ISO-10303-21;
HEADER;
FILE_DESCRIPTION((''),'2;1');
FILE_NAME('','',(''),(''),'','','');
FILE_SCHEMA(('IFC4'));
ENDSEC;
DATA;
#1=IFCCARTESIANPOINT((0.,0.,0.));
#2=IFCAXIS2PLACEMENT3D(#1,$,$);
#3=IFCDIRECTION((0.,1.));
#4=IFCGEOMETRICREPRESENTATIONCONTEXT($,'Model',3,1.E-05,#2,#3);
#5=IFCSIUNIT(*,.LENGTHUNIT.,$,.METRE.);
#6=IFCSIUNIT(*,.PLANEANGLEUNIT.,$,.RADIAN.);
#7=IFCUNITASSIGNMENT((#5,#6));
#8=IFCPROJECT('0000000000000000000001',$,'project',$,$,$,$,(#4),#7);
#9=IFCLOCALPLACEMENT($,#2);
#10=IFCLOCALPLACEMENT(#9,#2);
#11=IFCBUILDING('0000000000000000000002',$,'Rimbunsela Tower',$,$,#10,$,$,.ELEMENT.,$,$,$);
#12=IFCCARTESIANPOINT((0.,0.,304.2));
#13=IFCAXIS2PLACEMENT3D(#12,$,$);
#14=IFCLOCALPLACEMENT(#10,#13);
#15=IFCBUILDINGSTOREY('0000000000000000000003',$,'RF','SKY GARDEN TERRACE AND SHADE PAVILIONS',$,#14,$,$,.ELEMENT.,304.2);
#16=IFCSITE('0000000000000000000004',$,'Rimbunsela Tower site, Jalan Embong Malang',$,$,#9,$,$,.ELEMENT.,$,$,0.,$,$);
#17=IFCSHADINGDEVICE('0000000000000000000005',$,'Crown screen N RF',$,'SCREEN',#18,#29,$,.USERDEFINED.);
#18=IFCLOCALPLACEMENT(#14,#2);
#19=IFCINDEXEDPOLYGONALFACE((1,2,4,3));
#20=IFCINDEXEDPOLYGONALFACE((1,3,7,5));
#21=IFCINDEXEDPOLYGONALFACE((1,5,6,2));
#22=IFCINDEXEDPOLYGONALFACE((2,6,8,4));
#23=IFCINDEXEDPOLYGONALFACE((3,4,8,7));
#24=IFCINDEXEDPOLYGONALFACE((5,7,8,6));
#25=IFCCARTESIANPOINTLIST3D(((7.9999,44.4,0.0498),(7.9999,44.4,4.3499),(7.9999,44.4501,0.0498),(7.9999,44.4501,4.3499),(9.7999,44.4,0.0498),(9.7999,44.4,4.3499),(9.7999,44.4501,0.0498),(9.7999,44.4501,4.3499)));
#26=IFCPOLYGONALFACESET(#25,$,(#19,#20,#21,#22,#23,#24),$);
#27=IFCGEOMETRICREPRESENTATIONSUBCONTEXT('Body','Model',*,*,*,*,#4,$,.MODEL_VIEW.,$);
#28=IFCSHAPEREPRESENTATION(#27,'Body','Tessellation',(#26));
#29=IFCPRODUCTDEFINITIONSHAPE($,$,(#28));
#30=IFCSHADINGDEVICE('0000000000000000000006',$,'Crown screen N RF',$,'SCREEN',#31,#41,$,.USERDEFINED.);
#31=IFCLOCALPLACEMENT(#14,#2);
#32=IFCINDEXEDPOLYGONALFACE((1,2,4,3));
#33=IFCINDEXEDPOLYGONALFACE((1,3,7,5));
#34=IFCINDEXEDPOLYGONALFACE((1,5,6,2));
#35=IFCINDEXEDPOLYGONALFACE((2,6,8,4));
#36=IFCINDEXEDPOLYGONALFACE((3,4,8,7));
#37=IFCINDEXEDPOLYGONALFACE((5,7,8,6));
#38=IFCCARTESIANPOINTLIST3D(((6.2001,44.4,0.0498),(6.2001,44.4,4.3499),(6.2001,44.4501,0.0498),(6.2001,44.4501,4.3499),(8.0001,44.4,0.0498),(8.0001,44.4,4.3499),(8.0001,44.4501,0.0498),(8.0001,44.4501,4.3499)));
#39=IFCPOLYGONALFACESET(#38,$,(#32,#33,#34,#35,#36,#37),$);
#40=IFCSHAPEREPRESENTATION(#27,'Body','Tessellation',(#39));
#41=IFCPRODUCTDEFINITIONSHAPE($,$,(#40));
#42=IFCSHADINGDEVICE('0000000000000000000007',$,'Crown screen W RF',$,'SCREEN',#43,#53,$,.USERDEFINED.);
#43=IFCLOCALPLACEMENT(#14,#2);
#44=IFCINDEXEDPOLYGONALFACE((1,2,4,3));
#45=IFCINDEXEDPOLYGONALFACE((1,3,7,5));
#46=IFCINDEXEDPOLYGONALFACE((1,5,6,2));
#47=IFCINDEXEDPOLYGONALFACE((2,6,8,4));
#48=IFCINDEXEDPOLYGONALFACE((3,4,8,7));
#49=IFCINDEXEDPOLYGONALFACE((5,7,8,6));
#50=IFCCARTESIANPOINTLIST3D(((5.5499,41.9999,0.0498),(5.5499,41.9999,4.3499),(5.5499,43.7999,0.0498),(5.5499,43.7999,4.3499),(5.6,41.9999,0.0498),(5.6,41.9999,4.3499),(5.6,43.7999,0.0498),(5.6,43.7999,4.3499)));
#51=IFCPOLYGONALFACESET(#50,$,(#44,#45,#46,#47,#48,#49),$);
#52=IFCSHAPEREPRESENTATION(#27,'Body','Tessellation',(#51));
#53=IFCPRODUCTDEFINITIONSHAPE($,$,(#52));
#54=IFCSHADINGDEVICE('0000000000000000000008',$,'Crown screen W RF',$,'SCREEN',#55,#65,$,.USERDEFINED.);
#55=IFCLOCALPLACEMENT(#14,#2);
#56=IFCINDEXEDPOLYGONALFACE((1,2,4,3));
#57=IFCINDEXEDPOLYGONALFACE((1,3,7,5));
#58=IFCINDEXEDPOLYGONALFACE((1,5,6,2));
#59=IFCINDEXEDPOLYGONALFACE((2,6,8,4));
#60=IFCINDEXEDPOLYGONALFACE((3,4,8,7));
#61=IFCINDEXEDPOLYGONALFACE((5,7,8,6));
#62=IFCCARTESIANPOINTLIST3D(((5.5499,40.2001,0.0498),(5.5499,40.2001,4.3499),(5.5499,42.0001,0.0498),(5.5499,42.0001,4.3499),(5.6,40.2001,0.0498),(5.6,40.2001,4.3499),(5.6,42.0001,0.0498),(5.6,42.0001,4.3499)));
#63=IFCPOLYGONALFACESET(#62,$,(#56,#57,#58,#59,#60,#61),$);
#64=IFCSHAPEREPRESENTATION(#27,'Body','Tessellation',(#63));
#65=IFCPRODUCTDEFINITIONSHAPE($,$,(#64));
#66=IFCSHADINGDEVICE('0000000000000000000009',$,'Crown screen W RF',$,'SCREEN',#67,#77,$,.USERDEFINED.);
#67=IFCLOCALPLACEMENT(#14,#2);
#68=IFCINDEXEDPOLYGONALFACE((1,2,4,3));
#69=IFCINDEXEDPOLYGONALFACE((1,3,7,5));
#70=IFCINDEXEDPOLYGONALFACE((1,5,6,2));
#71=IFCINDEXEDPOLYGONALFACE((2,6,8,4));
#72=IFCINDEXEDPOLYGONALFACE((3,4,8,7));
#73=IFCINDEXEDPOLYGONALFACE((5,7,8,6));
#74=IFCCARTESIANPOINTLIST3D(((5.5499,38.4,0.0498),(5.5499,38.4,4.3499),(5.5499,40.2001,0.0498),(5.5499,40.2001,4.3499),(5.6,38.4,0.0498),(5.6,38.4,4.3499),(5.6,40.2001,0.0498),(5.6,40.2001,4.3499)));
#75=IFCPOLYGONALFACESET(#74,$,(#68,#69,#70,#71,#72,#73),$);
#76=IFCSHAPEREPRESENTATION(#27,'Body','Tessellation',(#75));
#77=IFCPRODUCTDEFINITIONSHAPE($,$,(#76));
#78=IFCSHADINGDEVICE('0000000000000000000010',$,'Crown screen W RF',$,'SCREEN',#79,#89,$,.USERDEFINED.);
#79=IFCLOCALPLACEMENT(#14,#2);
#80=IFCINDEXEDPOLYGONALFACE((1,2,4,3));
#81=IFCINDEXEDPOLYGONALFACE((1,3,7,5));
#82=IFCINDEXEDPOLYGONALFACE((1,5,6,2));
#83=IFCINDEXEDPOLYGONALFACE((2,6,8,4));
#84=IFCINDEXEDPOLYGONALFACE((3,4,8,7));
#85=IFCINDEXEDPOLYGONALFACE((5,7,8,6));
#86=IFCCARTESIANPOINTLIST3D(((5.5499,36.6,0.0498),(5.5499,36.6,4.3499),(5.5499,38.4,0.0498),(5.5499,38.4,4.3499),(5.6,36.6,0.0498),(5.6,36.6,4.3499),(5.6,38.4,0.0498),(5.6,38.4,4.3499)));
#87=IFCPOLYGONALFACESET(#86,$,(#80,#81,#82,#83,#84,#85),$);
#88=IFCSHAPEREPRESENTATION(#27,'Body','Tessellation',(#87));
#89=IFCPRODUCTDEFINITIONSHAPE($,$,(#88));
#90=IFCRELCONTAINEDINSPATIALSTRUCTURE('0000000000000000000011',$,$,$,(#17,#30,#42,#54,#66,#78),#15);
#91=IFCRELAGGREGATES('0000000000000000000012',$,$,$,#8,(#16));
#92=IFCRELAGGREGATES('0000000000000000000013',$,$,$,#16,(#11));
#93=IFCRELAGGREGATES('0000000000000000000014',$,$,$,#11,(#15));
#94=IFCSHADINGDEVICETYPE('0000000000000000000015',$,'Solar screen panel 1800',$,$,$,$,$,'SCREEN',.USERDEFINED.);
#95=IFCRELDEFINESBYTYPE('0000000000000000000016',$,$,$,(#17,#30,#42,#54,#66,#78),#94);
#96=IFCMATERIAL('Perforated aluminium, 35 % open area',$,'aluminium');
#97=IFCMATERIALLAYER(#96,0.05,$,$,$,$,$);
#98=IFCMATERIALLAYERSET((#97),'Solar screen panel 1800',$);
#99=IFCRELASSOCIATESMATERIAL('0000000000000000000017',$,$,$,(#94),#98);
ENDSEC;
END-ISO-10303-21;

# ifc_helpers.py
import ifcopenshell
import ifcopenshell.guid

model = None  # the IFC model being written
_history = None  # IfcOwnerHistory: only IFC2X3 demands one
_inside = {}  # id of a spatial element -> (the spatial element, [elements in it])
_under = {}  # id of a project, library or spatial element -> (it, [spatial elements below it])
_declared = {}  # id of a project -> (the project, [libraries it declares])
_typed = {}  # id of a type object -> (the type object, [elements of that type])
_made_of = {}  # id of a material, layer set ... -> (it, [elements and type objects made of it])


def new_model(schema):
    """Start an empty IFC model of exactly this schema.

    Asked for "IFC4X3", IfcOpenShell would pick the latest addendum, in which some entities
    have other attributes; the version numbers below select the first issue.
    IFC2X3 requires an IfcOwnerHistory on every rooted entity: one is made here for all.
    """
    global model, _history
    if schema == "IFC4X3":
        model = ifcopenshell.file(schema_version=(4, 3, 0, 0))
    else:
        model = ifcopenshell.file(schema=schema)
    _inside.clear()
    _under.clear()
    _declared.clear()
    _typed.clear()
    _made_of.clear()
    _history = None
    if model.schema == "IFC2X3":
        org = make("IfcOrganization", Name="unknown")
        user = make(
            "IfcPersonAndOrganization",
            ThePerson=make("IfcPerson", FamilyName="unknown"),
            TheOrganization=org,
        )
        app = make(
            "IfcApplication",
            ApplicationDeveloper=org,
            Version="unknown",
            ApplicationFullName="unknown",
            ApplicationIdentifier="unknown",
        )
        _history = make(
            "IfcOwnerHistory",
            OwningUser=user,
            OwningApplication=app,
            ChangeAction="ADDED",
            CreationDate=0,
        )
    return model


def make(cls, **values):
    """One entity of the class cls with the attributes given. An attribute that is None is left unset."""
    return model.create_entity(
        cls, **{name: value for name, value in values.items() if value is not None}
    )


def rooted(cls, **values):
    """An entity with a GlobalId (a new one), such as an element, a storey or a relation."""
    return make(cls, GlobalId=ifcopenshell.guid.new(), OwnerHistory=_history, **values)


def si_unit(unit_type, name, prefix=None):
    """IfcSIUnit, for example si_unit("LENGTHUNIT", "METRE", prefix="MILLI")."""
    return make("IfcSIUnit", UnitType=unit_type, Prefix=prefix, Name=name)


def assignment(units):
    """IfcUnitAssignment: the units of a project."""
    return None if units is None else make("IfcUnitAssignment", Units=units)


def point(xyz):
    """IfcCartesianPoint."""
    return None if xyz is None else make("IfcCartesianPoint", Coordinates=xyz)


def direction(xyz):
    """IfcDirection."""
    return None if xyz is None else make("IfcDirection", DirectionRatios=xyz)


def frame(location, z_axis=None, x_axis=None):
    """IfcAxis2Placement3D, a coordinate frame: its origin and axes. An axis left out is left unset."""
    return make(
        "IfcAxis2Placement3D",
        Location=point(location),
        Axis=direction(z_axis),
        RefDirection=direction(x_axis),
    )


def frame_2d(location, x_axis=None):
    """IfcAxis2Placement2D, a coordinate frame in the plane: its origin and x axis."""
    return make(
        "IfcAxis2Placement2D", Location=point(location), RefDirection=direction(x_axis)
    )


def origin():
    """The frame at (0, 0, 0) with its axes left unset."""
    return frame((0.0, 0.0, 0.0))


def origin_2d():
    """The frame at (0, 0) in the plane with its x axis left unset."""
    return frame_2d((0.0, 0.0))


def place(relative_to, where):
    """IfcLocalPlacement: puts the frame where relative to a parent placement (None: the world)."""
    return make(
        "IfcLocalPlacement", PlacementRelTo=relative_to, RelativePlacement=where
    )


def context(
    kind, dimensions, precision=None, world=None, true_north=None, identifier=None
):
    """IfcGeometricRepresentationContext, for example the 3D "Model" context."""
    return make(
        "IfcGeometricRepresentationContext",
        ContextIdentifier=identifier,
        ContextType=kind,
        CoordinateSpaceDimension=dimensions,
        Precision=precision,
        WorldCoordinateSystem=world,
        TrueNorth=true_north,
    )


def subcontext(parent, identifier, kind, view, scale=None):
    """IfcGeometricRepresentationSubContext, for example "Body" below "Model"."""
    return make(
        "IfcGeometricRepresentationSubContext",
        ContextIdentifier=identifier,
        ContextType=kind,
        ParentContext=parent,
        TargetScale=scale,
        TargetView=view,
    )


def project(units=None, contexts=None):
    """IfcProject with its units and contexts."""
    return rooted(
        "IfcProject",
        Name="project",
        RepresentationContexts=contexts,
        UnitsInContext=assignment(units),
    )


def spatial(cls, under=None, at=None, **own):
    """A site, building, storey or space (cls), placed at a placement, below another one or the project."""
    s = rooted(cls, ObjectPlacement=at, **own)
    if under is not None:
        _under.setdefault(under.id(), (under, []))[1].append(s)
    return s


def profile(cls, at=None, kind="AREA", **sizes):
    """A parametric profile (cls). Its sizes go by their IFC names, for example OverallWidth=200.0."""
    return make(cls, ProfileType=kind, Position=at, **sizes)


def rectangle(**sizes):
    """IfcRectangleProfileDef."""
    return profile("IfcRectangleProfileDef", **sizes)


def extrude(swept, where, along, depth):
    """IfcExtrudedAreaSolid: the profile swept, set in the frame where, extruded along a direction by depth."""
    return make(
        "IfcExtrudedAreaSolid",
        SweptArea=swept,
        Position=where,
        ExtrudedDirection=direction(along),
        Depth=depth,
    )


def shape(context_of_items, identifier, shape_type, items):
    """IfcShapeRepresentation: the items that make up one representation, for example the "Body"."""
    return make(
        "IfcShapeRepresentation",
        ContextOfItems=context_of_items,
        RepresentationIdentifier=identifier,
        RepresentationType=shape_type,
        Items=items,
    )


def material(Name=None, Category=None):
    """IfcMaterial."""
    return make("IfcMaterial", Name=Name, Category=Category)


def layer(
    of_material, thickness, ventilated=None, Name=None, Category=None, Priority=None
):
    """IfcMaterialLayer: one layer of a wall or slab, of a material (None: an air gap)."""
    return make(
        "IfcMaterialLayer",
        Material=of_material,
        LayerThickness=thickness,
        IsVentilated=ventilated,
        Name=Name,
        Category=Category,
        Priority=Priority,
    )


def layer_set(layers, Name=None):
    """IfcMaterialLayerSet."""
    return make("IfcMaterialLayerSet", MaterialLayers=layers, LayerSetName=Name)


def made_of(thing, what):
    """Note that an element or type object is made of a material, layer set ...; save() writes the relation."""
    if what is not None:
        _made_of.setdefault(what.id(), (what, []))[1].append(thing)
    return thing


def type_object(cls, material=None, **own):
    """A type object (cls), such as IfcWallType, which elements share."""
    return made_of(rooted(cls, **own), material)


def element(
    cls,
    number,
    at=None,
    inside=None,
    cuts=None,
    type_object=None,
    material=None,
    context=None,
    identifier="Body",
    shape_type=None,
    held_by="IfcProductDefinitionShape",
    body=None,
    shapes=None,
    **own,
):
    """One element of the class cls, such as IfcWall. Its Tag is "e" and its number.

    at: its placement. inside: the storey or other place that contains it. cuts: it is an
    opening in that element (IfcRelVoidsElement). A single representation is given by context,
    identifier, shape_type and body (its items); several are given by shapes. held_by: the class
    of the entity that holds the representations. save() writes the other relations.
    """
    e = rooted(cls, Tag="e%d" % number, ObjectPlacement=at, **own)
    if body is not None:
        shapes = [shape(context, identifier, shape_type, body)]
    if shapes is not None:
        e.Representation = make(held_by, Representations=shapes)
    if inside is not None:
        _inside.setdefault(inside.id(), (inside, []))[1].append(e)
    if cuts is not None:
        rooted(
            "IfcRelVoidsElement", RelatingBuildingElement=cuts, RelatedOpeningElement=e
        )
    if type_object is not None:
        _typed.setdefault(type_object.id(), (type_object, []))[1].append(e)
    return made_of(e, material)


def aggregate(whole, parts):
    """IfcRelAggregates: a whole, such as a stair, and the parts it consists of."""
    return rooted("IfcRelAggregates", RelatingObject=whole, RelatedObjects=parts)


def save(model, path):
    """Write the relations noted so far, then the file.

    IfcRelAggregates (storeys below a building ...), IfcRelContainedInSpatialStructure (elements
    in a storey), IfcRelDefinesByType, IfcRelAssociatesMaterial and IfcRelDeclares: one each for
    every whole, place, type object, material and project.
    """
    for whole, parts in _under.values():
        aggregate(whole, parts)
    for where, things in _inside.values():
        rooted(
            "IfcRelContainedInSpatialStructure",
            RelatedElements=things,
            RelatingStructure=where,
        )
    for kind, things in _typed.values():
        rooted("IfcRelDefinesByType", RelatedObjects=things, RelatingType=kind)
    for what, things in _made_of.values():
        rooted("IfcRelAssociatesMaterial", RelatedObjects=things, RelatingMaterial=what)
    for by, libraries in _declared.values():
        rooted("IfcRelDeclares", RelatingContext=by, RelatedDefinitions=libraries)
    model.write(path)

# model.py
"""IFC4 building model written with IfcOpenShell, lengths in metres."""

from ifc_helpers import new_model, si_unit, direction, frame, origin, origin_2d, place, context, subcontext, project, spatial, rectangle, extrude, material, layer, layer_set, type_object, element, save


model = new_model("IFC4")

# Units and contexts
model_context = context("Model", 3, precision=1e-05, world=origin(), true_north=direction((0.0, 1.0)))
body_context = subcontext(model_context, "Body", "Model", "MODEL_VIEW")
ifc_project = project(units=[si_unit("LENGTHUNIT", "METRE"), si_unit("PLANEANGLEUNIT", "RADIAN")], contexts=[model_context])

# Site, building, storey
site_placement = place(None, origin())
site = spatial("IfcSite", under=ifc_project, at=site_placement, Name="Rimbunsela Tower site, Jalan Embong Malang", CompositionType="ELEMENT", RefElevation=0.0)
building_placement = place(site_placement, origin())
building = spatial("IfcBuilding", under=site, at=building_placement, Name="Rimbunsela Tower", CompositionType="ELEMENT")
storey_placement = place(building_placement, frame((0.0, 0.0, 304.2)))
storey = spatial("IfcBuildingStorey", under=building, at=storey_placement, Name="RF", Description="SKY GARDEN TERRACE AND SHADE PAVILIONS", CompositionType="ELEMENT", Elevation=304.2)

# Shading devices
ifc_material_1 = material(Name="Perforated aluminium, 35 % open area", Category="aluminium")
ifc_layer_1 = layer(ifc_material_1, 0.05)
ifc_layer_set_1 = layer_set([ifc_layer_1], Name="Solar screen panel 1800")
shading_device_type_1 = type_object("IfcShadingDeviceType", Name="Solar screen panel 1800", ElementType="SCREEN", PredefinedType="USERDEFINED", material=ifc_layer_set_1)
for number, where, z_axis, x_axis, name in (
    (1, (8.8999, 44.425, 0.0498), (0.0, 0.0, 1.0), (1.0, 0.0, 0.0), "Crown screen N RF"),
    (2, (7.1001, 44.425, 0.0498), (0.0, 0.0, 1.0), (1.0, 0.0, 0.0), "Crown screen N RF"),
    (3, (5.575, 42.8999, 0.0498), (0.0, 0.0, 1.0), (0.0, 1.0, 0.0), "Crown screen W RF"),
    (4, (5.575, 41.1001, 0.0498), (0.0, 0.0, 1.0), (0.0, 1.0, 0.0), "Crown screen W RF"),
    (5, (5.575, 39.3, 0.0498), (0.0, 0.0, 1.0), (0.0, 1.0, 0.0), "Crown screen W RF"),
    (6, (5.575, 37.5, 0.0498), (0.0, 0.0, 1.0), (0.0, 1.0, 0.0), "Crown screen W RF"),
):
    element("IfcShadingDevice", number, at=place(storey_placement, frame(where, z_axis=z_axis, x_axis=x_axis)), inside=storey, type_object=shading_device_type_1, Name=name, ObjectType="SCREEN", PredefinedType="USERDEFINED", context=body_context, shape_type="SweptSolid", body=[
        extrude(rectangle(XDim=1.8, YDim=0.05, at=origin_2d()), origin(), (0.0, 0.0, 1.0), 4.3),
    ])

save(model, "model.ifc")
